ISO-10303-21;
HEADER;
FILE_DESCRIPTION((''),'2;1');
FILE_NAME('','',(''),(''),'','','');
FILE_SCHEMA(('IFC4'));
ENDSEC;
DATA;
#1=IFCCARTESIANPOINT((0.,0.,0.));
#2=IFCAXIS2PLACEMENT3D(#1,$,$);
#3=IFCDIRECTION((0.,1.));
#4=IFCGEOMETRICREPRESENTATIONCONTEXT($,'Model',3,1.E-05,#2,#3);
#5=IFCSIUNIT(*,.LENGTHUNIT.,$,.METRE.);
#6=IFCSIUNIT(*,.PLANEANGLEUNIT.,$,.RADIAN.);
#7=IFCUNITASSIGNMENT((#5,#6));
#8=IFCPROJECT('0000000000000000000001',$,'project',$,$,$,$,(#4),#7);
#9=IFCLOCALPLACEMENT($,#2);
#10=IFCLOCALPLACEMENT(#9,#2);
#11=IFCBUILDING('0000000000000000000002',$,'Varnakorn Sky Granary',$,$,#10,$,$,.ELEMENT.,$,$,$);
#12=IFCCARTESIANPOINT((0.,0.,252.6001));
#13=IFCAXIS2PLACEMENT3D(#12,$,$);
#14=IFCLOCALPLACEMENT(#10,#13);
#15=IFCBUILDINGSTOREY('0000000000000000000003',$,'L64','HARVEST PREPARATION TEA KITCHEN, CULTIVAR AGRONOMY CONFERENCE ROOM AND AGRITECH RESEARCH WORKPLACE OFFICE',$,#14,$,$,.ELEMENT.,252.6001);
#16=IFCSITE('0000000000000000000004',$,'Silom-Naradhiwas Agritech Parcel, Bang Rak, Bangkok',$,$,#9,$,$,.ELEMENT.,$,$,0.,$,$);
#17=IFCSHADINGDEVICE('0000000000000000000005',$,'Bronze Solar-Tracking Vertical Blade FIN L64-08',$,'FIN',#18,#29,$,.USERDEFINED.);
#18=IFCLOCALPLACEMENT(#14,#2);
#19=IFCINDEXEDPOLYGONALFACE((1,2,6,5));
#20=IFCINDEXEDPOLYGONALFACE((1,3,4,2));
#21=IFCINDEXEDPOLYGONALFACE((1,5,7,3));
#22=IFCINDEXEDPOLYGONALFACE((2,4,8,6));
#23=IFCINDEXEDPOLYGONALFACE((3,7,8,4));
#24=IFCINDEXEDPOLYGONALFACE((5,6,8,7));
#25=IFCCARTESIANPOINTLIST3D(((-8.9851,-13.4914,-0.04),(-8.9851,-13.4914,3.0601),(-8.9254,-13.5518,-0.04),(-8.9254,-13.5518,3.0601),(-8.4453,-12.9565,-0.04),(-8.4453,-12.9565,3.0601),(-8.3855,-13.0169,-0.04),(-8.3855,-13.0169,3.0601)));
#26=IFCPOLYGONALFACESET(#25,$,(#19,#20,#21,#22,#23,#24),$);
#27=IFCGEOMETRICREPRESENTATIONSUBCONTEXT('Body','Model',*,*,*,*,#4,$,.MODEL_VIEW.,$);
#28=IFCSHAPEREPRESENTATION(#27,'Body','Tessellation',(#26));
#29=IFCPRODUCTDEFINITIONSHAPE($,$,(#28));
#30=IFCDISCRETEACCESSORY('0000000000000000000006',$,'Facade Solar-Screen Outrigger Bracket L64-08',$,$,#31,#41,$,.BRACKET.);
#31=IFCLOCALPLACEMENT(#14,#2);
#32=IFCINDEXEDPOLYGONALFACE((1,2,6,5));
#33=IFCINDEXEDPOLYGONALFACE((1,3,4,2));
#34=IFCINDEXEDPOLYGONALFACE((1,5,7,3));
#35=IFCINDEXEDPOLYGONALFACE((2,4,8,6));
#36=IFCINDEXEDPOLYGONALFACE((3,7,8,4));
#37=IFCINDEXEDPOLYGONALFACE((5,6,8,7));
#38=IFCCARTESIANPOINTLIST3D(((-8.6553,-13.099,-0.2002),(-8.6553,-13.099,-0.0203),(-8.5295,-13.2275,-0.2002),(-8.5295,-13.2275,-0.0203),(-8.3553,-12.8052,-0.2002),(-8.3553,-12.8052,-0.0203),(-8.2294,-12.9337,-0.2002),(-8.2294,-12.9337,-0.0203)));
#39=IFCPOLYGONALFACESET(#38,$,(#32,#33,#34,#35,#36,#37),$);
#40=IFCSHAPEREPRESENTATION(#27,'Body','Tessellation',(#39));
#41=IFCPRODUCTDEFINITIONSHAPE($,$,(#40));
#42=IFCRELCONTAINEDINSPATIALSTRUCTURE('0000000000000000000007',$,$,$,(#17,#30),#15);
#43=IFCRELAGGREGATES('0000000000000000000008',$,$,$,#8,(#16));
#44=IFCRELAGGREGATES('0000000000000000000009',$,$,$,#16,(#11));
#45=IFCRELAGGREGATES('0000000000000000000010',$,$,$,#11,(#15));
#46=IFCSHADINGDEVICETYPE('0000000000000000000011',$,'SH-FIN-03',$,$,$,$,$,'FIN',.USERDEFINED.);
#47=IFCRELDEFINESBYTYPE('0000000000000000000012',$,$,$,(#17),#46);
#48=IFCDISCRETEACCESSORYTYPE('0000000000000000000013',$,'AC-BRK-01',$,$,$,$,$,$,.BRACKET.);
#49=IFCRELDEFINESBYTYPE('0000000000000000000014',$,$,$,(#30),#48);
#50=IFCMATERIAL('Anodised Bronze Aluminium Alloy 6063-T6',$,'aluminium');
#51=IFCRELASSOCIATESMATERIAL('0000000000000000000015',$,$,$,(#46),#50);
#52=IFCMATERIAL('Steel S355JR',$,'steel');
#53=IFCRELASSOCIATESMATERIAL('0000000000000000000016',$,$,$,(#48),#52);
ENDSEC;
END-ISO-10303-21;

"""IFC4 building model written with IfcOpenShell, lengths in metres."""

from ifc_helpers import new_model, si_unit, direction, frame, origin, origin_2d, place, context, subcontext, project, spatial, rectangle, extrude, source, transform, mapped, material, type_object, type_shapes, element, save


model = new_model("IFC4")

# Units and contexts
model_context = context("Model", 3, precision=1e-05, world=origin(), true_north=direction((0.0, 1.0)))
body_context = subcontext(model_context, "Body", "Model", "MODEL_VIEW")
ifc_project = project(units=[si_unit("LENGTHUNIT", "METRE"), si_unit("PLANEANGLEUNIT", "RADIAN")], contexts=[model_context])

# Site, building, storey
site_placement = place(None, origin())
site = spatial("IfcSite", under=ifc_project, at=site_placement, Name="Silom-Naradhiwas Agritech Parcel, Bang Rak, Bangkok", CompositionType="ELEMENT", RefElevation=0.0)
building_placement = place(site_placement, origin())
building = spatial("IfcBuilding", under=site, at=building_placement, Name="Varnakorn Sky Granary", CompositionType="ELEMENT")
storey_placement = place(building_placement, frame((0.0, 0.0, 252.6001)))
storey = spatial("IfcBuildingStorey", under=building, at=storey_placement, Name="L64", Description="HARVEST PREPARATION TEA KITCHEN, CULTIVAR AGRONOMY CONFERENCE ROOM AND AGRITECH RESEARCH WORKPLACE OFFICE", CompositionType="ELEMENT", Elevation=252.6001)

# Shared definitions
ifc_material_1 = material(Name="Steel S355JR", Category="steel")

# Shared definitions
ifc_material_2 = material(Name="Anodised Bronze Aluminium Alloy 6063-T6", Category="aluminium")

# Shading device
shading_device_type = type_object("IfcShadingDeviceType", Name="SH-FIN-03", ElementType="FIN", PredefinedType="USERDEFINED", material=ifc_material_2)
shared_shape_1 = source(origin(), body_context, "Body", "SweptSolid", [
    extrude(rectangle(XDim=0.085, YDim=0.76, at=origin_2d()), origin(), (0.0, 0.0, 1.0), 3.1001),
])
type_shapes(shading_device_type, [shared_shape_1])
shading_device_placement = place(storey_placement, frame((-8.6853, -13.2542, -0.04), z_axis=(0.0, 0.0, 1.0), x_axis=(0.703823, -0.710375, 0.0)))
element("IfcShadingDevice", 1, at=shading_device_placement, inside=storey, type_object=shading_device_type, Name="Bronze Solar-Tracking Vertical Blade FIN L64-08", ObjectType="FIN", PredefinedType="USERDEFINED", context=body_context, shape_type="MappedRepresentation", body=[
    mapped(shared_shape_1, transform((0.0, 0.0, 0.0), x_axis=(1.0, 0.0, 0.0), y_axis=(0.0, 1.0, 0.0), z_axis=(0.0, 0.0, 1.0), scale=1.0)),
])

# Discrete accessory
discrete_accessory_type = type_object("IfcDiscreteAccessoryType", Name="AC-BRK-01", PredefinedType="BRACKET", material=ifc_material_1)
shared_shape_2 = source(origin(), body_context, "Body", "SweptSolid", [
    extrude(rectangle(XDim=0.1799, YDim=0.4199, at=origin_2d()), origin(), (0.0, 0.0, 1.0), 0.1799),
])
type_shapes(discrete_accessory_type, [shared_shape_2])
discrete_accessory_placement = place(storey_placement, frame((-8.4424, -13.0164, -0.2002), z_axis=(0.0, 0.0, 1.0), x_axis=(0.699648, -0.714488, 0.0)))
element("IfcDiscreteAccessory", 2, at=discrete_accessory_placement, inside=storey, type_object=discrete_accessory_type, Name="Facade Solar-Screen Outrigger Bracket L64-08", PredefinedType="BRACKET", context=body_context, shape_type="MappedRepresentation", body=[
    mapped(shared_shape_2, transform((0.0, 0.0, 0.0), x_axis=(1.0, 0.0, 0.0), y_axis=(0.0, 1.0, 0.0), z_axis=(0.0, 0.0, 1.0), scale=1.0)),
])

save(model, "model.ifc")
